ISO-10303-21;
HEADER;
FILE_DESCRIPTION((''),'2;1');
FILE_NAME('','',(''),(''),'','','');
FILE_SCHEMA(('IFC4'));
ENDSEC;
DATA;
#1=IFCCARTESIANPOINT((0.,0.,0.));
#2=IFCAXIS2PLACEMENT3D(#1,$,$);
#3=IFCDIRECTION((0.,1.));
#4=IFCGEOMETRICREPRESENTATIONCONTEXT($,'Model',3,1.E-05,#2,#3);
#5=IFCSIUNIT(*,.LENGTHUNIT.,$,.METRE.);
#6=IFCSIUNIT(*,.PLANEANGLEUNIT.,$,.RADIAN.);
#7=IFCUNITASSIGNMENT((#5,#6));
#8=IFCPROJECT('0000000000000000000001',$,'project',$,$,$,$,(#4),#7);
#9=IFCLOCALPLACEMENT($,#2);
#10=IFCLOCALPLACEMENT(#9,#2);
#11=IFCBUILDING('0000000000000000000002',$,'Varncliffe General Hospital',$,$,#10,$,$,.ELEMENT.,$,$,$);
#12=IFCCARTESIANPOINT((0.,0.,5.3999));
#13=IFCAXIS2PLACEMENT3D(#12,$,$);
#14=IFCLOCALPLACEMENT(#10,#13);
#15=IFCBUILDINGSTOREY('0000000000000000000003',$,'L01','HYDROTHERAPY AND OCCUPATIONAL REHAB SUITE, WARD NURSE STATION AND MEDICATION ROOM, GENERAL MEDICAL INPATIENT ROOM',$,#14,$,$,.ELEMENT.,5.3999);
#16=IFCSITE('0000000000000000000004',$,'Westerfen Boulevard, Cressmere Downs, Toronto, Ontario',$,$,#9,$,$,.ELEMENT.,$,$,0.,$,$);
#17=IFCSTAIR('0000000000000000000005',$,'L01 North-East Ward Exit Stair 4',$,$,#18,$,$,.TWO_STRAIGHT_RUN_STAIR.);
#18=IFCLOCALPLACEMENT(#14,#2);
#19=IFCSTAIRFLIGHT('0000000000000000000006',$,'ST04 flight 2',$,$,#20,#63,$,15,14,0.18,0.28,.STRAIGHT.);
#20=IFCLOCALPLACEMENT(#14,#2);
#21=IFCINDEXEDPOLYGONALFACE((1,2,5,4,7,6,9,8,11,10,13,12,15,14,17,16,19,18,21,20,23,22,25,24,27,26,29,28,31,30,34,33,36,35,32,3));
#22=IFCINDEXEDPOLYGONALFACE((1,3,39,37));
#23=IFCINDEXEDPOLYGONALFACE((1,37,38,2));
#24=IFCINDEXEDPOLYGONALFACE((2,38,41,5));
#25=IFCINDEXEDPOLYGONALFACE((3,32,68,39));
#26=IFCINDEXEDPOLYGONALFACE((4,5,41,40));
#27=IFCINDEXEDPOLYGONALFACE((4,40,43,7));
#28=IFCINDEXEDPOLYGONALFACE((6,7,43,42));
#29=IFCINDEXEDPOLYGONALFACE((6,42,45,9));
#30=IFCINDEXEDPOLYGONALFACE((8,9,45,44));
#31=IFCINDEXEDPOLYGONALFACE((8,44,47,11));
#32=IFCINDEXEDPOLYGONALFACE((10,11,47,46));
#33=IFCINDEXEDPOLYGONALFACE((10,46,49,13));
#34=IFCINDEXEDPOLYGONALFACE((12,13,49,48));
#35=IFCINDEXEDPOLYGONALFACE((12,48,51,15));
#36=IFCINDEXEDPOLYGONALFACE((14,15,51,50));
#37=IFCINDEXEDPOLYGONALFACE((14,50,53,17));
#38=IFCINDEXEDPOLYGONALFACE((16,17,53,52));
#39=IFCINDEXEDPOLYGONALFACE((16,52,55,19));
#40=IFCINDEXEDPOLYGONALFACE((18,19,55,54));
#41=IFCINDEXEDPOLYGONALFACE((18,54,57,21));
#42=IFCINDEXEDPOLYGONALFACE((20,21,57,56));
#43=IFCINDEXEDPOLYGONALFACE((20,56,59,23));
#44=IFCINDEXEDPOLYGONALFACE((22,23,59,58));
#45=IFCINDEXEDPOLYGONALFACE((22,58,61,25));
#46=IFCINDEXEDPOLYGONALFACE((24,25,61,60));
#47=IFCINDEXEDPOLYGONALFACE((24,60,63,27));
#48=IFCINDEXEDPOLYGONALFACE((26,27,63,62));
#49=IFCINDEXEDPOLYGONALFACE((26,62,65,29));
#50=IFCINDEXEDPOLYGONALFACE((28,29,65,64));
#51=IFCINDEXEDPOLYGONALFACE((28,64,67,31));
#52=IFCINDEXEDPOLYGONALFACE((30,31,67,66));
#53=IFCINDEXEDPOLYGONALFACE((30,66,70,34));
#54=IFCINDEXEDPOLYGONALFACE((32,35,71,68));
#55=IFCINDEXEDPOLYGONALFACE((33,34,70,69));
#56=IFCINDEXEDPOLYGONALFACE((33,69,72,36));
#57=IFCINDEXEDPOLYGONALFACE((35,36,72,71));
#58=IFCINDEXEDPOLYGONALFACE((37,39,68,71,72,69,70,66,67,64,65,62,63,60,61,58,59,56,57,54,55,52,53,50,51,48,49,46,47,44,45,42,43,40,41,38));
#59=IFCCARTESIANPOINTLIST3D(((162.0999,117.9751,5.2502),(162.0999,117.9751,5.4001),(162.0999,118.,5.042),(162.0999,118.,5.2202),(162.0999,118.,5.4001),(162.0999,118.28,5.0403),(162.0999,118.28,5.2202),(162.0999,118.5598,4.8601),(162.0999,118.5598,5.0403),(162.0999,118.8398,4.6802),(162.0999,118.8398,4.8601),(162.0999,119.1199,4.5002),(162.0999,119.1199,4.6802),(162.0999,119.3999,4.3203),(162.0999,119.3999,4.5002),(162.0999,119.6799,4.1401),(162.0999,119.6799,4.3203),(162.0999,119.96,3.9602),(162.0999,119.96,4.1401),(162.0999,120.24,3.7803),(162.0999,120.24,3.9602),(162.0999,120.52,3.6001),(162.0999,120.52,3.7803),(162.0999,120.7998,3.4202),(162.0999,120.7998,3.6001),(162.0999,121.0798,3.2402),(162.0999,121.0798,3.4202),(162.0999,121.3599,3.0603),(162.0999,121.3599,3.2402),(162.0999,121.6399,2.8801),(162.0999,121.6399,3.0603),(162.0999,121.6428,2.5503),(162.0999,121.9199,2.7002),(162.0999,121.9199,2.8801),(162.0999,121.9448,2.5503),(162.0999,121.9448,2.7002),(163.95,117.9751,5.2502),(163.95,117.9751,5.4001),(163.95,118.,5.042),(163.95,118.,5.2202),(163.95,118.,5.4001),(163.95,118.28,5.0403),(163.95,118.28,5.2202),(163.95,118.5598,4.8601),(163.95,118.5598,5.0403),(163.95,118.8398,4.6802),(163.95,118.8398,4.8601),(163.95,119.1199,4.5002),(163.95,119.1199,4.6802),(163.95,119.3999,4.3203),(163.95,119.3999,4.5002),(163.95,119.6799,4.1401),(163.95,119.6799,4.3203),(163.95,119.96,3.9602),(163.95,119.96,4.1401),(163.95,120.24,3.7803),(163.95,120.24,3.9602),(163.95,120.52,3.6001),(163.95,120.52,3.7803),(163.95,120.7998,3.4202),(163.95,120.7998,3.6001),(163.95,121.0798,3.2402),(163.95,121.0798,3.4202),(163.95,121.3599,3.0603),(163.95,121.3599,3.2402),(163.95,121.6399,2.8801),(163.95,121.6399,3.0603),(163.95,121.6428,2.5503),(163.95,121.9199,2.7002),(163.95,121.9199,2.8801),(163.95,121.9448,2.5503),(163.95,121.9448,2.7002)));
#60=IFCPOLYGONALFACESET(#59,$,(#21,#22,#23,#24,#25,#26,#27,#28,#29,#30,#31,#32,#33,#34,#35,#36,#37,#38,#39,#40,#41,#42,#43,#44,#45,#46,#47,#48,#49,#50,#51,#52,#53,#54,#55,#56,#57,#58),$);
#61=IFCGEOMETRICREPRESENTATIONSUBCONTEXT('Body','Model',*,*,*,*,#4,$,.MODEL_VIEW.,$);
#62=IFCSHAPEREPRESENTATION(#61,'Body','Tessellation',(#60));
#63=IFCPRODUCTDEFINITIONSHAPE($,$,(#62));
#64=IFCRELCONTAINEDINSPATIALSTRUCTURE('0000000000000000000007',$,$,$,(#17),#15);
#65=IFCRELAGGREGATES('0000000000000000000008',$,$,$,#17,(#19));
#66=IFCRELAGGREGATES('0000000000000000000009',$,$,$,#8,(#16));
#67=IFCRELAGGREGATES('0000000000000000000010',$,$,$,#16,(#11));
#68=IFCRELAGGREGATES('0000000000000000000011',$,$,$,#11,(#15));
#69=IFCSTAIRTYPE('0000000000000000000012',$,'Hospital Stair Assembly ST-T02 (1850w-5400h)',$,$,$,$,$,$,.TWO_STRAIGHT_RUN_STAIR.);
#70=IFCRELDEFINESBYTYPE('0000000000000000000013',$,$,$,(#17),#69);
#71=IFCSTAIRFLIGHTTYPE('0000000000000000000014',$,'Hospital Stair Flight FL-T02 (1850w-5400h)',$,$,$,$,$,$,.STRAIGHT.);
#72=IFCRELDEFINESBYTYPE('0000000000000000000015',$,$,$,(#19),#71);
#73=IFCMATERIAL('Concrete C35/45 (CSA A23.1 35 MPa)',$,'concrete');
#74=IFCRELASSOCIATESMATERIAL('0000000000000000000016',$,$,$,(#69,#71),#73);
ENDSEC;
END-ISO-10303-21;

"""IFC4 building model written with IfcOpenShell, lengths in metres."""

from ifc_helpers import new_model, si_unit, direction, frame, origin, place, context, subcontext, project, spatial, polyline, outline, extrude, material, type_object, element, aggregate, save


model = new_model("IFC4")

# Units and contexts
model_context = context("Model", 3, precision=1e-05, world=origin(), true_north=direction((0.0, 1.0)))
body_context = subcontext(model_context, "Body", "Model", "MODEL_VIEW")
ifc_project = project(units=[si_unit("LENGTHUNIT", "METRE"), si_unit("PLANEANGLEUNIT", "RADIAN")], contexts=[model_context])

# Site, building, storey
site_placement = place(None, origin())
site = spatial("IfcSite", under=ifc_project, at=site_placement, Name="Westerfen Boulevard, Cressmere Downs, Toronto, Ontario", CompositionType="ELEMENT", RefElevation=0.0)
building_placement = place(site_placement, origin())
building = spatial("IfcBuilding", under=site, at=building_placement, Name="Varncliffe General Hospital", CompositionType="ELEMENT")
storey_placement = place(building_placement, frame((0.0, 0.0, 5.3999)))
storey = spatial("IfcBuildingStorey", under=building, at=storey_placement, Name="L01", Description="HYDROTHERAPY AND OCCUPATIONAL REHAB SUITE, WARD NURSE STATION AND MEDICATION ROOM, GENERAL MEDICAL INPATIENT ROOM", CompositionType="ELEMENT", Elevation=5.3999)

# Shared definitions
ifc_material_1 = material(Name="Concrete C35/45 (CSA A23.1 35 MPa)", Category="concrete")

# Stair, stair flight
stair_type = type_object("IfcStairType", Name="Hospital Stair Assembly ST-T02 (1850w-5400h)", PredefinedType="TWO_STRAIGHT_RUN_STAIR", material=ifc_material_1)
stair_placement = place(storey_placement, origin())
stair = element("IfcStair", 1, at=stair_placement, inside=storey, type_object=stair_type, Name="L01 North-East Ward Exit Stair 4", PredefinedType="TWO_STRAIGHT_RUN_STAIR")
stair_flight_type = type_object("IfcStairFlightType", Name="Hospital Stair Flight FL-T02 (1850w-5400h)", PredefinedType="STRAIGHT", material=ifc_material_1)
stair_flight_placement = place(storey_placement, frame((163.0249, 121.9199, 2.7002), z_axis=(0.0, 0.0, 1.0), x_axis=(0.0, -1.0, 0.0)))
stair_flight = element("IfcStairFlight", 2, at=stair_flight_placement, type_object=stair_flight_type, Name="ST04 flight 2", NumberOfRisers=15, NumberOfTreads=14, PredefinedType="STRAIGHT", RiserHeight=0.18, TreadLength=0.28, context=body_context, shape_type="SweptSolid", body=[
    extrude(outline(polyline([(-0.0249, -0.1499), (-0.0249, 0.0), (0.0, 0.0), (0.0, 0.1799), (0.28, 0.1799), (0.28, 0.3601), (0.5601, 0.3601), (0.5601, 0.54), (0.8401, 0.54), (0.8401, 0.72), (1.1201, 0.72), (1.1201, 0.8999), (1.3999, 0.8999), (1.3999, 1.0801), (1.6799, 1.0801), (1.6799, 1.26), (1.96, 1.26), (1.96, 1.4399), (2.24, 1.4399), (2.24, 1.6201), (2.52, 1.6201), (2.52, 1.8), (2.8, 1.8), (2.8, 1.98), (3.0801, 1.98), (3.0801, 2.1599), (3.3601, 2.1599), (3.3601, 2.3401), (3.6399, 2.3401), (3.6399, 2.52), (3.9199, 2.52), (3.9199, 2.7), (3.9448, 2.7), (3.9448, 2.55), (3.9199, 2.3418), (0.2771, -0.1499), (-0.0249, -0.1499)])), frame((0.0, 0.925, 0.0), z_axis=(0.0, -1.0, 0.0), x_axis=(1.0, 0.0, 0.0)), (0.0, 0.0, 1.0), 1.8501),
])
aggregate(stair, [stair_flight])

save(model, "model.ifc")
